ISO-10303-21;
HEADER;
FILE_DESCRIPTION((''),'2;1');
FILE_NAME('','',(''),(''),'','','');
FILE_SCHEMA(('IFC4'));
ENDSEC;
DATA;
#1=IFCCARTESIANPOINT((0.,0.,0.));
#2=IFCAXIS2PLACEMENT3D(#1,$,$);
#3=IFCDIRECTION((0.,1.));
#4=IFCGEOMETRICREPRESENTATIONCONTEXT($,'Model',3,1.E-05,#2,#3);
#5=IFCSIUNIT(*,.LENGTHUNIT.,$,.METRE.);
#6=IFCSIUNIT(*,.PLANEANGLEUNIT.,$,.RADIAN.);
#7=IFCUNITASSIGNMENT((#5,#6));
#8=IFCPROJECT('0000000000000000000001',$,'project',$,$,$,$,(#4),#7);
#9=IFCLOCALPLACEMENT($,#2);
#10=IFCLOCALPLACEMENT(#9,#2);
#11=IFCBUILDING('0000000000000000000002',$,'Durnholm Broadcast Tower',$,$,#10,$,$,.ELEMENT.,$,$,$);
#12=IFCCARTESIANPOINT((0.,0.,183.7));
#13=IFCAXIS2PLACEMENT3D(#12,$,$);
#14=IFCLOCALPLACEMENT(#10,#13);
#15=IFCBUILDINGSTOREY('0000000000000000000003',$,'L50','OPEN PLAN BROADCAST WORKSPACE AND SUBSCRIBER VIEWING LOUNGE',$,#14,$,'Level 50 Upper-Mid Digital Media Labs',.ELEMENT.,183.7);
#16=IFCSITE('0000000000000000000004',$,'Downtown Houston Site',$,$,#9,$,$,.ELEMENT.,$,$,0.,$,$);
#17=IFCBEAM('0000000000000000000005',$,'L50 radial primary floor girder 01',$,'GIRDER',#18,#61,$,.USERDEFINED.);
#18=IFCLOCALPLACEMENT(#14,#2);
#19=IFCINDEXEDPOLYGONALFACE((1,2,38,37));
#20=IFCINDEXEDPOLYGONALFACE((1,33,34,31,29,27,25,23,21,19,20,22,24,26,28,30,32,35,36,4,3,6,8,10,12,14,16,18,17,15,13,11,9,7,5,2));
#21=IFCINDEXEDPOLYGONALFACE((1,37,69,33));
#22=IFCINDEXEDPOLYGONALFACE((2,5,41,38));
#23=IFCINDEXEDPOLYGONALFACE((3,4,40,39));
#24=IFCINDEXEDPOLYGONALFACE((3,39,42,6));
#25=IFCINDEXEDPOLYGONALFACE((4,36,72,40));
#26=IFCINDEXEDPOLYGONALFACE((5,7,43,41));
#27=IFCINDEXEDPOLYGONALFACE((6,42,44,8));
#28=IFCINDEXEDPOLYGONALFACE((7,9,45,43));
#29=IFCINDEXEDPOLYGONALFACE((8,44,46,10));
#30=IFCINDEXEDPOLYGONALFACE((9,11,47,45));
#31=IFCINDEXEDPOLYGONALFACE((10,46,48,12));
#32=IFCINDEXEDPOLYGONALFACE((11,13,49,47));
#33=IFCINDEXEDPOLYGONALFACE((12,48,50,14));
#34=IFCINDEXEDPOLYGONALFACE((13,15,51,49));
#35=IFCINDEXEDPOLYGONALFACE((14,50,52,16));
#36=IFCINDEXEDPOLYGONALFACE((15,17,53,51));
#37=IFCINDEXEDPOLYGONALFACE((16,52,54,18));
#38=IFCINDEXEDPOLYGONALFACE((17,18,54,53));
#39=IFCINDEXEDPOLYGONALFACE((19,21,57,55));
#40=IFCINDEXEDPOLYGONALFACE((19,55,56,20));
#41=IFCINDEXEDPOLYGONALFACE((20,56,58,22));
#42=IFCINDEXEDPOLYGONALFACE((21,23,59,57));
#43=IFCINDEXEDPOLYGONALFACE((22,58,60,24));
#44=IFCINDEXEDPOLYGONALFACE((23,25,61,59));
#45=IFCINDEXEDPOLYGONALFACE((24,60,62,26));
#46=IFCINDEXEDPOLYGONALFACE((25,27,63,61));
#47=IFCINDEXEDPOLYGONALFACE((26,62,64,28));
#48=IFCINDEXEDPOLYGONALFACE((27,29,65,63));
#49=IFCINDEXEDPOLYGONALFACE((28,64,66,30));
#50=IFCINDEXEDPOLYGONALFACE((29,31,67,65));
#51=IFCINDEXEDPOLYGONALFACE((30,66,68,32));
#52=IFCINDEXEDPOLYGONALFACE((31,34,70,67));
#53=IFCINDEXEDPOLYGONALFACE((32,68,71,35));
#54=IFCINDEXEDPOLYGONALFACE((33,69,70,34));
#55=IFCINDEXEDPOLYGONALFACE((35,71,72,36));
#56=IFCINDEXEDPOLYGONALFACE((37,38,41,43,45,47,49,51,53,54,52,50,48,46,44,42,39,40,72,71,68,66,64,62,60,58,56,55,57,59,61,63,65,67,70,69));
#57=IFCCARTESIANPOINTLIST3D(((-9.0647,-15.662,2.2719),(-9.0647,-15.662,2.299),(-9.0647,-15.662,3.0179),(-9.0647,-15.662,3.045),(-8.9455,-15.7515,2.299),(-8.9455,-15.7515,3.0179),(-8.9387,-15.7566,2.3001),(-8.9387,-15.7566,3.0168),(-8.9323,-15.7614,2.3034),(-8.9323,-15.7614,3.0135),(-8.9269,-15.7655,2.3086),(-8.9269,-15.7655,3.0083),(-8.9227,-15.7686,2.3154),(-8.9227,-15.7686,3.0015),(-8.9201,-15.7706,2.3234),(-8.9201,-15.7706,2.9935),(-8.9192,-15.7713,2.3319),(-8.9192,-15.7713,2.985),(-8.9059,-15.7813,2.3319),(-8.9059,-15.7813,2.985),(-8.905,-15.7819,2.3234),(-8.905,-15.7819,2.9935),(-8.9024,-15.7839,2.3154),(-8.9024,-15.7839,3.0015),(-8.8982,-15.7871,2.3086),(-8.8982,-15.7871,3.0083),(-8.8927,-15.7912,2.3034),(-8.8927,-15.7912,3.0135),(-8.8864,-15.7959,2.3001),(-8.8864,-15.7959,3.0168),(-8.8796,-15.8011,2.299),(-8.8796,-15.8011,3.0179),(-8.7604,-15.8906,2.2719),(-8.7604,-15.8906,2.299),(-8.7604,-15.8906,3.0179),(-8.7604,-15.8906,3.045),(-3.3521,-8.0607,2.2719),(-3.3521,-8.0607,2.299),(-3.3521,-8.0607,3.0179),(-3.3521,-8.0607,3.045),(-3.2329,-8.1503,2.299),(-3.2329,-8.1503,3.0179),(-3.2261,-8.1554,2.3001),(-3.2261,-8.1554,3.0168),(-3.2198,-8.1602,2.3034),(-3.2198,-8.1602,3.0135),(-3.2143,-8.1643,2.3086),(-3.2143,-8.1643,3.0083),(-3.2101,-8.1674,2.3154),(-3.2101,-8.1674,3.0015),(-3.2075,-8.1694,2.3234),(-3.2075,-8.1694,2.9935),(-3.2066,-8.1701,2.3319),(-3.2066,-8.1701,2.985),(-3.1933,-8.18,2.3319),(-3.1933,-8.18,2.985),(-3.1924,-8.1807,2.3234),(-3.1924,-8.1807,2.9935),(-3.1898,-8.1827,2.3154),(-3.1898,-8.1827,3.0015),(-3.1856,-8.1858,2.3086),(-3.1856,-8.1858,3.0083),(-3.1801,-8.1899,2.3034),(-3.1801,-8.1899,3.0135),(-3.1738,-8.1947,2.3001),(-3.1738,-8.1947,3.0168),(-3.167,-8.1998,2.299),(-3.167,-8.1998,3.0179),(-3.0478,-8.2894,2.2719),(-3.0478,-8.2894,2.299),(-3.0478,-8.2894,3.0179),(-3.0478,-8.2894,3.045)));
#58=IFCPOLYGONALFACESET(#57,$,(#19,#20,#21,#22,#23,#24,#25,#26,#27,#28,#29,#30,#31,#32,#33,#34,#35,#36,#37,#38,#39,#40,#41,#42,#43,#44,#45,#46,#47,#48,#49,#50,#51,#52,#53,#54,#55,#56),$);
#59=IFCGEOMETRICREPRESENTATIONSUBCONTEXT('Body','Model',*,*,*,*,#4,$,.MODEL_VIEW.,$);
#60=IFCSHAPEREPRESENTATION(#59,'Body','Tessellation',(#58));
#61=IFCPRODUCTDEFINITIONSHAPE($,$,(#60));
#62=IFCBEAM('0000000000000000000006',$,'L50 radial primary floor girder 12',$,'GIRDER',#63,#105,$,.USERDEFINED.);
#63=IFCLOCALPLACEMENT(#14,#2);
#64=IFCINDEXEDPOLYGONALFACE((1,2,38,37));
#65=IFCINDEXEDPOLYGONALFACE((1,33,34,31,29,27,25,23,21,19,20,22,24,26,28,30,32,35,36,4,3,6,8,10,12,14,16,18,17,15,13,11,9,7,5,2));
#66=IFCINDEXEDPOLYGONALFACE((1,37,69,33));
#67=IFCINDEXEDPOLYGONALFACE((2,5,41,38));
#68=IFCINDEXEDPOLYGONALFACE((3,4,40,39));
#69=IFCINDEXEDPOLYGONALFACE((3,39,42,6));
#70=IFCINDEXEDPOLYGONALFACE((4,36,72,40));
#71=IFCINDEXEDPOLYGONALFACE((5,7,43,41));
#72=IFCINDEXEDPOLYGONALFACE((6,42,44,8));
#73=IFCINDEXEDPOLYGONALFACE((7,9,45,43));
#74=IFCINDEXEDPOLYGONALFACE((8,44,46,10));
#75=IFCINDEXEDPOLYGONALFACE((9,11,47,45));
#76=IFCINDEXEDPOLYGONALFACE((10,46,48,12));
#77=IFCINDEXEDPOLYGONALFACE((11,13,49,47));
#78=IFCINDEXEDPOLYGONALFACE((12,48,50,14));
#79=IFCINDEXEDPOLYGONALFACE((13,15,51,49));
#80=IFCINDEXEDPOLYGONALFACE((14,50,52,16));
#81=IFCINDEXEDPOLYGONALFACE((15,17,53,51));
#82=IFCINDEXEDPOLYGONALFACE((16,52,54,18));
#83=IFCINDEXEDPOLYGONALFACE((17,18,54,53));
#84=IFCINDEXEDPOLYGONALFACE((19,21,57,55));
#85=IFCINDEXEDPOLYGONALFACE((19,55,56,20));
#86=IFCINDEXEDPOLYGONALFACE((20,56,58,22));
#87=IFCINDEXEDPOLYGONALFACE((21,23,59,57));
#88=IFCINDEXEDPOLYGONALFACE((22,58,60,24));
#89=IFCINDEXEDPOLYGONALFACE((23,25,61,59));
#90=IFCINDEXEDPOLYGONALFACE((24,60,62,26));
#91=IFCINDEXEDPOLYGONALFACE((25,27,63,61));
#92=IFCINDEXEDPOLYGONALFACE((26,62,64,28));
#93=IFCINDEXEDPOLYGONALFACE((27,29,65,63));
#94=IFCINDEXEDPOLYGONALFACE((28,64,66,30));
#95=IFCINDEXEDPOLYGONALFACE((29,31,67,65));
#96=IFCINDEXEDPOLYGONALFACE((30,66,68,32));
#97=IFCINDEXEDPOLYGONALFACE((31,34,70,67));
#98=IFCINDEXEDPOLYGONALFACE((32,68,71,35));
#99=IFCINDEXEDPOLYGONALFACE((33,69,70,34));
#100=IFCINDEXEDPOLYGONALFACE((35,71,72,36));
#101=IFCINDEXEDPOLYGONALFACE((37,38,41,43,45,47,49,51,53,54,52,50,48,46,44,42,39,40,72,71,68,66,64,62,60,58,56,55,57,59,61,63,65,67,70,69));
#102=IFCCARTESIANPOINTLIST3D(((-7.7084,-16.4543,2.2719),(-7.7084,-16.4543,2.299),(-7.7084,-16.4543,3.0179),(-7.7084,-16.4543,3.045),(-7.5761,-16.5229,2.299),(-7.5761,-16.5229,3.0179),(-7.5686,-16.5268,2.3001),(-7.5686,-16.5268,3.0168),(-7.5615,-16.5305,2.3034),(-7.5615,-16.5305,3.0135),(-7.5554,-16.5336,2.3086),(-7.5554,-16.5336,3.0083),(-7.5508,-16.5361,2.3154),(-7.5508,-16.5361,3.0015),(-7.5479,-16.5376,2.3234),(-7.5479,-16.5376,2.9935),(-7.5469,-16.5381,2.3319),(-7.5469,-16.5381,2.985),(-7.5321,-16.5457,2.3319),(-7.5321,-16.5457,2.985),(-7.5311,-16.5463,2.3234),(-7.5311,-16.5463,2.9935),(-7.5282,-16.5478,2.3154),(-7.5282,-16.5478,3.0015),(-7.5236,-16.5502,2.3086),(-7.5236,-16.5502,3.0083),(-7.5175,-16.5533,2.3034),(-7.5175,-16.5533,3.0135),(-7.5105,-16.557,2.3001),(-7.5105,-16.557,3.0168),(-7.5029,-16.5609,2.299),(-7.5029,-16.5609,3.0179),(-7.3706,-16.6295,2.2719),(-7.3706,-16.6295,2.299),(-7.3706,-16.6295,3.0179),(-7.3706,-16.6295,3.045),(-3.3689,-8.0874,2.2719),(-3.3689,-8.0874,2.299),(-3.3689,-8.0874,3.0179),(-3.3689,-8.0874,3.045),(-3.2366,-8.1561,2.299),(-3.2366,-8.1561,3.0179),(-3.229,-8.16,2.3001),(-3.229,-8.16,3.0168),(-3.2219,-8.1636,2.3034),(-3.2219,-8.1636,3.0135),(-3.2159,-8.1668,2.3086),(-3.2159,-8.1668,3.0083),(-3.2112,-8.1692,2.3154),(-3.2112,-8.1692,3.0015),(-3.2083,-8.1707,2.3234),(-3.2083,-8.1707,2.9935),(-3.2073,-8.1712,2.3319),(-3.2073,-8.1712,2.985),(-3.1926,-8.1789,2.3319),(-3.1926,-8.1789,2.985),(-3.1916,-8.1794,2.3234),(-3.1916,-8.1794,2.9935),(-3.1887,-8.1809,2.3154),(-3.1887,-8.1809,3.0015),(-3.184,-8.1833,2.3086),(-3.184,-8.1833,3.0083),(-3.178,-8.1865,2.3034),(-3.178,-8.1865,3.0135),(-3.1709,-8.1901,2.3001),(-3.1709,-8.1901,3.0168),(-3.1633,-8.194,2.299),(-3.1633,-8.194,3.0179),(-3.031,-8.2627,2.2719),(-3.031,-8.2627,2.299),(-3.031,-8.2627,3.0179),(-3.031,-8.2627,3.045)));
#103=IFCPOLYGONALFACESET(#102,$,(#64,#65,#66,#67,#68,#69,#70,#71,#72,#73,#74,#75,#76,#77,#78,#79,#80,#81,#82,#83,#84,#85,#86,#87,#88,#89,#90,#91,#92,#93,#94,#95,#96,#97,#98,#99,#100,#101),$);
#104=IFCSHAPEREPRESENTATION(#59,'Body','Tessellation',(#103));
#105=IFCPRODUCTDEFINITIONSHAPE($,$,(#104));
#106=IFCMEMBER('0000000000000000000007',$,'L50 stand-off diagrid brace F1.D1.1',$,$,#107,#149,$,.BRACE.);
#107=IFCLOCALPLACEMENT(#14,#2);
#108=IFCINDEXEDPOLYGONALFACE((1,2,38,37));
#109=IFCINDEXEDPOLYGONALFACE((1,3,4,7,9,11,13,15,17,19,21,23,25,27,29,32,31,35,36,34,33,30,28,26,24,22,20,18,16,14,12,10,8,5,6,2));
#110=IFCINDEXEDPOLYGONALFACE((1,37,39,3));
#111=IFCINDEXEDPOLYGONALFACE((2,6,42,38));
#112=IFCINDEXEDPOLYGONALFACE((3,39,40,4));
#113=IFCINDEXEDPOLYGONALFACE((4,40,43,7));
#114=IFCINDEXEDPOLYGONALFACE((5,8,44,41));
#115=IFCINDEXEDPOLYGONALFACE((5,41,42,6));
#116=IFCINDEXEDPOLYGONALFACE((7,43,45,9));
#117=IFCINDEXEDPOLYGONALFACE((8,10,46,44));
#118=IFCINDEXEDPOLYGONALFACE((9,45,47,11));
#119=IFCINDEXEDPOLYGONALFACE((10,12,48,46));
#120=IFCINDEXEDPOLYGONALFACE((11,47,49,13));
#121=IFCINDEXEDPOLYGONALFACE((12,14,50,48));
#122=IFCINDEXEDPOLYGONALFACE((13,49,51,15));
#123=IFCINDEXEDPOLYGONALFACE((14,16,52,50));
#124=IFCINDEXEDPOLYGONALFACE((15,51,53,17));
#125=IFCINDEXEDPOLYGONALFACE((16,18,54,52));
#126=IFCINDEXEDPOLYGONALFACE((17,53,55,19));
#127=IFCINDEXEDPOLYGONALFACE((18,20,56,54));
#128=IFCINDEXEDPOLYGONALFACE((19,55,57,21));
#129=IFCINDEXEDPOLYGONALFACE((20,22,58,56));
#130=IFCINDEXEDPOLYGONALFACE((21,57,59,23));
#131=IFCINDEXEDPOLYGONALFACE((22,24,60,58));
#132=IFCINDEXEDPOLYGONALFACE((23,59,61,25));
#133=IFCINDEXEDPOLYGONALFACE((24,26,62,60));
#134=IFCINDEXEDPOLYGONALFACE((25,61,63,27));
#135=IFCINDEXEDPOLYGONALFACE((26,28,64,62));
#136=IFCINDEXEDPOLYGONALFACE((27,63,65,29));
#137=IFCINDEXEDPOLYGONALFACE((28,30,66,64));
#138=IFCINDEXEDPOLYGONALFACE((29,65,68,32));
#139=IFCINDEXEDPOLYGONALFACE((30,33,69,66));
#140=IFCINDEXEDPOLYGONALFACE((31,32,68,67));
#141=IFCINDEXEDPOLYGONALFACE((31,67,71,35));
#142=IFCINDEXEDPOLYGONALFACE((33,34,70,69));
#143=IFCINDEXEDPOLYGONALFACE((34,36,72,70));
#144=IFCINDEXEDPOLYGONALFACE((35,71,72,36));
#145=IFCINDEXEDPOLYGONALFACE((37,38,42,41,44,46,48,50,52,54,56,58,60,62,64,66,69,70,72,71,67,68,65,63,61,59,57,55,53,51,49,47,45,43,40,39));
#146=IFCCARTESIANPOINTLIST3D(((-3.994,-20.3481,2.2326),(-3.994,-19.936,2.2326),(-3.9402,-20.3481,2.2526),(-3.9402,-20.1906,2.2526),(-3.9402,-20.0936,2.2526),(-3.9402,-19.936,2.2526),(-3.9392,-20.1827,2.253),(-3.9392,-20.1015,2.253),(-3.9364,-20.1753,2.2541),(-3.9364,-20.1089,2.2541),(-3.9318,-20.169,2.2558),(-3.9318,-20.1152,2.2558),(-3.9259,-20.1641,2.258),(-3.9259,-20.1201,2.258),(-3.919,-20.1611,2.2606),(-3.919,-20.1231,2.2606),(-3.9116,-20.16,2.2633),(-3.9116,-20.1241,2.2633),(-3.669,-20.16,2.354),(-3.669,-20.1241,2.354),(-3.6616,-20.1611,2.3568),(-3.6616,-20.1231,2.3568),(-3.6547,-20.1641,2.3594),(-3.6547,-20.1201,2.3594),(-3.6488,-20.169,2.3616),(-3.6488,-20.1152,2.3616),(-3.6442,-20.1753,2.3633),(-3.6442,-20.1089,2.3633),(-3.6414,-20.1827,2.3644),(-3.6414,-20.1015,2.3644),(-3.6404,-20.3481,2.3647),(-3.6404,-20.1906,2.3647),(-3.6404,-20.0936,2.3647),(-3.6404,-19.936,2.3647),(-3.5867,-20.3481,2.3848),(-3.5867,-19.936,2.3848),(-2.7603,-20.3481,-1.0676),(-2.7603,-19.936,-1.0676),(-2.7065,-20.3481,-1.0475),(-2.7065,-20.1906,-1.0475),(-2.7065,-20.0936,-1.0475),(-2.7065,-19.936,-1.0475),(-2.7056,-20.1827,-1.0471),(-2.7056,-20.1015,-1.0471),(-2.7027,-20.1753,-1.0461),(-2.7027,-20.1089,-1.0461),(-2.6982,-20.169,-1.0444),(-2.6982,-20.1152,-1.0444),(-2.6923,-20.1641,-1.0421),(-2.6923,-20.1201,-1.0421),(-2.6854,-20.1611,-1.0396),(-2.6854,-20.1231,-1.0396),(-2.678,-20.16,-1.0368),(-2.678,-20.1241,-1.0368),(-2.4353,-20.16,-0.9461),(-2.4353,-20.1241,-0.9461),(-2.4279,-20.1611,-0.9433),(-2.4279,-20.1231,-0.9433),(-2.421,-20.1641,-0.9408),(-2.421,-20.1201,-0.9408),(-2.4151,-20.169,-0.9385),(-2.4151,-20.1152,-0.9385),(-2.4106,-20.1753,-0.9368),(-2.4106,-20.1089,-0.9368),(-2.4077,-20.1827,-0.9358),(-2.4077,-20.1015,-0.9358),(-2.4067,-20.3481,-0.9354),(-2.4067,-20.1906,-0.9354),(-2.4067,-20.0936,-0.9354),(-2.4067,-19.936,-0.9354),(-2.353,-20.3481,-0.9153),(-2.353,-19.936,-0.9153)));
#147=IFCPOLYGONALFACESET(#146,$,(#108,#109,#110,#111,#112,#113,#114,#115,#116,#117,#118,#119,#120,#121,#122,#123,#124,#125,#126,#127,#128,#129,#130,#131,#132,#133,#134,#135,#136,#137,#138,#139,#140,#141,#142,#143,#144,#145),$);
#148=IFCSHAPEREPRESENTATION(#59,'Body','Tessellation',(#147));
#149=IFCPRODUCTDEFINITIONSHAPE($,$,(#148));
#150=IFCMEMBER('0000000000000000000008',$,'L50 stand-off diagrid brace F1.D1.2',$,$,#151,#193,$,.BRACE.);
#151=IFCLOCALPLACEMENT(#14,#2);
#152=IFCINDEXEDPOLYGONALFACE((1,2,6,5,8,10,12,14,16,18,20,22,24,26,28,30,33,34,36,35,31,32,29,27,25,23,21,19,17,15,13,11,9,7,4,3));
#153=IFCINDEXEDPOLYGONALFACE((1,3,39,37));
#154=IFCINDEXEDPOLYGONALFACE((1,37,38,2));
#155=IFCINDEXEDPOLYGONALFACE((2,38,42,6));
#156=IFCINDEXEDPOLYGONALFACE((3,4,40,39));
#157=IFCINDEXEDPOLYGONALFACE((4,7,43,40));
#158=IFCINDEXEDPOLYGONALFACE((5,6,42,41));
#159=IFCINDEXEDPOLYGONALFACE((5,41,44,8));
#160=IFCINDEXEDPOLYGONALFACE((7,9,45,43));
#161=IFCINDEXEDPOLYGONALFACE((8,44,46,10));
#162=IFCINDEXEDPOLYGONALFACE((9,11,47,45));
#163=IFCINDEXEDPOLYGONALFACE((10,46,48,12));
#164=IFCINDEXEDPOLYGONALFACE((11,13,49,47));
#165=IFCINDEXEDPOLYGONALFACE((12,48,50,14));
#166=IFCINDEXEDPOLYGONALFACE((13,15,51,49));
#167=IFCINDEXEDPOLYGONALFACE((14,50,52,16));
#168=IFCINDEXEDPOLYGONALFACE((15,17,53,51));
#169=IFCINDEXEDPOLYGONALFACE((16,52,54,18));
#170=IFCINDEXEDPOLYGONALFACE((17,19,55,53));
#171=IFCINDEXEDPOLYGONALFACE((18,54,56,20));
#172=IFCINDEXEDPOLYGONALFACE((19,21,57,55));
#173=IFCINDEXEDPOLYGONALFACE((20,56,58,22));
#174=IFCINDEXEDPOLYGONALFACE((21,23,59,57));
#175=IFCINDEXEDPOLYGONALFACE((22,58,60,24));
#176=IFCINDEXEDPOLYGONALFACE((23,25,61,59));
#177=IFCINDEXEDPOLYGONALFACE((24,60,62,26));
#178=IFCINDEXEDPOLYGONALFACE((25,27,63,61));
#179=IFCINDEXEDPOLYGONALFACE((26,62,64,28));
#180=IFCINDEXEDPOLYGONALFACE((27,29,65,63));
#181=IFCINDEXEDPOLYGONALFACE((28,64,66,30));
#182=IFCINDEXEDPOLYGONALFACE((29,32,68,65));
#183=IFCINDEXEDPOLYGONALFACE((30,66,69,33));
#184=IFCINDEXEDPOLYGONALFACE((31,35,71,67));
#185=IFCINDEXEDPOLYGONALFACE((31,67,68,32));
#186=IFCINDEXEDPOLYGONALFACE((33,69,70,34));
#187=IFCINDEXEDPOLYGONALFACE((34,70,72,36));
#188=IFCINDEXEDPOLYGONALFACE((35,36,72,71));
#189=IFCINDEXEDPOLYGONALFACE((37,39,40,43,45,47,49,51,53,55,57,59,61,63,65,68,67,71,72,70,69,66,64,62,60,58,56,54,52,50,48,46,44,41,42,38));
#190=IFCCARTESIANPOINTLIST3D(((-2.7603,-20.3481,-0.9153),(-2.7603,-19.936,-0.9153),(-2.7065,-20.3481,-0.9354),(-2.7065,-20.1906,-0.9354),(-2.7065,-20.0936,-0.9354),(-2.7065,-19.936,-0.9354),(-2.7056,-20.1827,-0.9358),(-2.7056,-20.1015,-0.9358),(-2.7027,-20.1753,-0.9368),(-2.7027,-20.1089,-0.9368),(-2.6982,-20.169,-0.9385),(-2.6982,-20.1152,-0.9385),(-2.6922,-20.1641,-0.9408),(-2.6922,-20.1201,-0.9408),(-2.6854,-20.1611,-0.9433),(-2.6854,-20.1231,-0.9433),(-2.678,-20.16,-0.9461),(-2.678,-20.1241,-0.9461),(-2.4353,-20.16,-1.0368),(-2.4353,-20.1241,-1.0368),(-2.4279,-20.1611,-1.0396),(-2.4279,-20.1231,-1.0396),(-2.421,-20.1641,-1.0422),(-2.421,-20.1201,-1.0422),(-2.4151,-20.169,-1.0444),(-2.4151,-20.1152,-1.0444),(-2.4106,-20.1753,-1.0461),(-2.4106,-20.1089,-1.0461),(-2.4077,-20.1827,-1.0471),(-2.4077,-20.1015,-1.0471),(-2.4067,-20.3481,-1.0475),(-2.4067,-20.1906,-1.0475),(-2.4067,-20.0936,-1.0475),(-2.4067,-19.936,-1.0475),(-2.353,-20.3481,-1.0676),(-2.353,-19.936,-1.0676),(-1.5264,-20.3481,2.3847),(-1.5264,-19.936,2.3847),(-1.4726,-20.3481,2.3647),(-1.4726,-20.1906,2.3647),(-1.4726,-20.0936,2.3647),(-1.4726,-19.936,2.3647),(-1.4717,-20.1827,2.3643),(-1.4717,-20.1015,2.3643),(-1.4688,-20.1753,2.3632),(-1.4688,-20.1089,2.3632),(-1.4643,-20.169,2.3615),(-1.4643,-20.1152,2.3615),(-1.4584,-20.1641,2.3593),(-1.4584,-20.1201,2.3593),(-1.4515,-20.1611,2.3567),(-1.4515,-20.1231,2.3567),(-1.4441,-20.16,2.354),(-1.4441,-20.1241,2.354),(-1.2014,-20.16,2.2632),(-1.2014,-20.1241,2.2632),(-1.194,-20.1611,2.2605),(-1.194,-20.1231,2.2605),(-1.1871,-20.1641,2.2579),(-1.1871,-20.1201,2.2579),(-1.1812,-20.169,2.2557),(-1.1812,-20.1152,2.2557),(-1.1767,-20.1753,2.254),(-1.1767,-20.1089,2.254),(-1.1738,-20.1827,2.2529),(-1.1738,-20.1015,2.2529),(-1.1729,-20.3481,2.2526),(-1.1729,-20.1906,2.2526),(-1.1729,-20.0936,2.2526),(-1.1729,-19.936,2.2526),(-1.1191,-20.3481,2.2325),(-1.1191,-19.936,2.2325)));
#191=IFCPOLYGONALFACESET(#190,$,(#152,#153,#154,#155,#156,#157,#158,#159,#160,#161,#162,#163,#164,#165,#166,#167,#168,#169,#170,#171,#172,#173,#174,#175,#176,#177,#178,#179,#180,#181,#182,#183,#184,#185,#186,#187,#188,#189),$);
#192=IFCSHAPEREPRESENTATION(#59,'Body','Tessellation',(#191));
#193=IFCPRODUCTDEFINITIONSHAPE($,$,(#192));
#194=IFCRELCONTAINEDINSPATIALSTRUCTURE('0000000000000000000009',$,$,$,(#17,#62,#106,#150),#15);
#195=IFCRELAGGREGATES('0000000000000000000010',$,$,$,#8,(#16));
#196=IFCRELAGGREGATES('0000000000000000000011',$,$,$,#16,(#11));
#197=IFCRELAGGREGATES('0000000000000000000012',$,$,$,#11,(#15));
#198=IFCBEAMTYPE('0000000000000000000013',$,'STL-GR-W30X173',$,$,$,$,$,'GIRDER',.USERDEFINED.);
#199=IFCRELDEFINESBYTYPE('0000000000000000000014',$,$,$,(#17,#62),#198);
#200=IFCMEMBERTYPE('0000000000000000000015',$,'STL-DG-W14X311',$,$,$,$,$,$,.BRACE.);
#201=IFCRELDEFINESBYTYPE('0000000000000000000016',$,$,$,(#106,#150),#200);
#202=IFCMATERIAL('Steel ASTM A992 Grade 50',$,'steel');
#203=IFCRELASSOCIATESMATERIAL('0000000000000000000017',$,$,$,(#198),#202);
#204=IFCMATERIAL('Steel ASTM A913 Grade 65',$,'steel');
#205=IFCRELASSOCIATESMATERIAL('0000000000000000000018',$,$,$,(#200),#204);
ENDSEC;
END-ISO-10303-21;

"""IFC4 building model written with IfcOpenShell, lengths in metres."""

from ifc_helpers import new_model, si_unit, direction, frame, origin, origin_2d, place, context, subcontext, project, spatial, i_section, extrude, source, transform, mapped, material, material_profile, profile_set, type_object, type_shapes, element, save


model = new_model("IFC4")

# Units and contexts
model_context = context("Model", 3, precision=1e-05, world=origin(), true_north=direction((0.0, 1.0)))
body_context = subcontext(model_context, "Body", "Model", "MODEL_VIEW")
ifc_project = project(units=[si_unit("LENGTHUNIT", "METRE"), si_unit("PLANEANGLEUNIT", "RADIAN")], contexts=[model_context])

# Site, building, storey
site_placement = place(None, origin())
site = spatial("IfcSite", under=ifc_project, at=site_placement, Name="Downtown Houston Site", CompositionType="ELEMENT", RefElevation=0.0)
building_placement = place(site_placement, origin())
building = spatial("IfcBuilding", under=site, at=building_placement, Name="Durnholm Broadcast Tower", CompositionType="ELEMENT")
storey_placement = place(building_placement, frame((0.0, 0.0, 183.7)))
storey = spatial("IfcBuildingStorey", under=building, at=storey_placement, Name="L50", Description="OPEN PLAN BROADCAST WORKSPACE AND SUBSCRIBER VIEWING LOUNGE", LongName="Level 50 Upper-Mid Digital Media Labs", CompositionType="ELEMENT", Elevation=183.7)

# Beams
ifc_material_1 = material(Name="Steel ASTM A992 Grade 50", Category="steel")
ifc_material_profile_1 = material_profile(ifc_material_1, i_section(OverallWidth=0.3806, OverallDepth=0.7732, WebThickness=0.0166, FlangeThickness=0.0271, FilletRadius=0.033, at=origin_2d()), Name="W30X173")
ifc_profile_set_1 = profile_set([ifc_material_profile_1], Name="Steel ASTM A992 Grade 50")
beam_type_1 = type_object("IfcBeamType", Name="STL-GR-W30X173", ElementType="GIRDER", PredefinedType="USERDEFINED", material=ifc_profile_set_1)
shared_shape_1 = source(origin(), body_context, "Body", "SweptSolid", [
    extrude(i_section(OverallWidth=0.3806, OverallDepth=0.7732, WebThickness=0.0166, FlangeThickness=0.0271, FilletRadius=0.033, at=origin_2d()), origin(), (0.0, 0.0, 1.0), 9.5085),
])
beam_1_placement = place(storey_placement, frame((-3.2, -8.175, 2.6584), z_axis=(-0.600784, -0.799411, 0.0), x_axis=(0.799411, -0.600784, 0.0)))
element("IfcBeam", 1, at=beam_1_placement, inside=storey, type_object=beam_type_1, Name="L50 radial primary floor girder 01", ObjectType="GIRDER", PredefinedType="USERDEFINED", context=body_context, shape_type="MappedRepresentation", body=[
    mapped(shared_shape_1, transform((0.0, 0.0, 0.0), x_axis=(1.0, 0.0, 0.0), y_axis=(0.0, 1.0, 0.0), z_axis=(0.0, 0.0, 1.0), scale=1.0)),
])
shared_shape_2 = source(origin(), body_context, "Body", "SweptSolid", [
    extrude(i_section(OverallWidth=0.3806, OverallDepth=0.7732, WebThickness=0.0166, FlangeThickness=0.0271, FilletRadius=0.033, at=origin_2d()), origin(), (0.0, 0.0, 1.0), 9.4253),
])
type_shapes(beam_type_1, [shared_shape_1, shared_shape_2])
beam_2_placement = place(storey_placement, frame((-3.2, -8.175, 2.6584), z_axis=(-0.460416, -0.887703, 0.0), x_axis=(0.887703, -0.460416, 0.0)))
element("IfcBeam", 2, at=beam_2_placement, inside=storey, type_object=beam_type_1, Name="L50 radial primary floor girder 12", ObjectType="GIRDER", PredefinedType="USERDEFINED", context=body_context, shape_type="MappedRepresentation", body=[
    mapped(shared_shape_2, transform((0.0, 0.0, 0.0), x_axis=(1.0, 0.0, 0.0), y_axis=(0.0, 1.0, 0.0), z_axis=(0.0, 0.0, 1.0), scale=1.0)),
])

# Members
ifc_material_2 = material(Name="Steel ASTM A913 Grade 65", Category="steel")
ifc_material_profile_2 = material_profile(ifc_material_2, i_section(OverallWidth=0.4121, OverallDepth=0.4348, WebThickness=0.0359, FlangeThickness=0.0574, FilletRadius=0.0305, at=origin_2d()), Name="W14X311")
ifc_profile_set_2 = profile_set([ifc_material_profile_2], Name="Steel ASTM A913 Grade 65")
member_type_1 = type_object("IfcMemberType", Name="STL-DG-W14X311", PredefinedType="BRACE", material=ifc_profile_set_2)
shared_shape_3 = source(origin(), body_context, "Body", "SweptSolid", [
    extrude(i_section(OverallWidth=0.4121, OverallDepth=0.4348, WebThickness=0.0359, FlangeThickness=0.0574, FilletRadius=0.0305, at=origin_2d()), origin(), (0.0, 0.0, 1.0), 3.5232),
])
type_shapes(member_type_1, [shared_shape_3])
for number, where, z_axis, x_axis, name in (
    (3, (-2.5566, -20.1421, -0.9915), (-0.350159, 0.0, 0.93669), (0.0, -1.0, 0.0), "L50 stand-off diagrid brace F1.D1.1"),
    (4, (-2.5566, -20.1421, -0.9915), (0.35022, 0.0, 0.936668), (0.0, 1.0, 0.0), "L50 stand-off diagrid brace F1.D1.2"),
):
    element("IfcMember", number, at=place(storey_placement, frame(where, z_axis=z_axis, x_axis=x_axis)), inside=storey, type_object=member_type_1, Name=name, PredefinedType="BRACE", context=body_context, shape_type="MappedRepresentation", body=[
        mapped(shared_shape_3, transform((0.0, 0.0, 0.0), x_axis=(1.0, 0.0, 0.0), y_axis=(0.0, 1.0, 0.0), z_axis=(0.0, 0.0, 1.0), scale=1.0)),
    ])

save(model, "model.ifc")
